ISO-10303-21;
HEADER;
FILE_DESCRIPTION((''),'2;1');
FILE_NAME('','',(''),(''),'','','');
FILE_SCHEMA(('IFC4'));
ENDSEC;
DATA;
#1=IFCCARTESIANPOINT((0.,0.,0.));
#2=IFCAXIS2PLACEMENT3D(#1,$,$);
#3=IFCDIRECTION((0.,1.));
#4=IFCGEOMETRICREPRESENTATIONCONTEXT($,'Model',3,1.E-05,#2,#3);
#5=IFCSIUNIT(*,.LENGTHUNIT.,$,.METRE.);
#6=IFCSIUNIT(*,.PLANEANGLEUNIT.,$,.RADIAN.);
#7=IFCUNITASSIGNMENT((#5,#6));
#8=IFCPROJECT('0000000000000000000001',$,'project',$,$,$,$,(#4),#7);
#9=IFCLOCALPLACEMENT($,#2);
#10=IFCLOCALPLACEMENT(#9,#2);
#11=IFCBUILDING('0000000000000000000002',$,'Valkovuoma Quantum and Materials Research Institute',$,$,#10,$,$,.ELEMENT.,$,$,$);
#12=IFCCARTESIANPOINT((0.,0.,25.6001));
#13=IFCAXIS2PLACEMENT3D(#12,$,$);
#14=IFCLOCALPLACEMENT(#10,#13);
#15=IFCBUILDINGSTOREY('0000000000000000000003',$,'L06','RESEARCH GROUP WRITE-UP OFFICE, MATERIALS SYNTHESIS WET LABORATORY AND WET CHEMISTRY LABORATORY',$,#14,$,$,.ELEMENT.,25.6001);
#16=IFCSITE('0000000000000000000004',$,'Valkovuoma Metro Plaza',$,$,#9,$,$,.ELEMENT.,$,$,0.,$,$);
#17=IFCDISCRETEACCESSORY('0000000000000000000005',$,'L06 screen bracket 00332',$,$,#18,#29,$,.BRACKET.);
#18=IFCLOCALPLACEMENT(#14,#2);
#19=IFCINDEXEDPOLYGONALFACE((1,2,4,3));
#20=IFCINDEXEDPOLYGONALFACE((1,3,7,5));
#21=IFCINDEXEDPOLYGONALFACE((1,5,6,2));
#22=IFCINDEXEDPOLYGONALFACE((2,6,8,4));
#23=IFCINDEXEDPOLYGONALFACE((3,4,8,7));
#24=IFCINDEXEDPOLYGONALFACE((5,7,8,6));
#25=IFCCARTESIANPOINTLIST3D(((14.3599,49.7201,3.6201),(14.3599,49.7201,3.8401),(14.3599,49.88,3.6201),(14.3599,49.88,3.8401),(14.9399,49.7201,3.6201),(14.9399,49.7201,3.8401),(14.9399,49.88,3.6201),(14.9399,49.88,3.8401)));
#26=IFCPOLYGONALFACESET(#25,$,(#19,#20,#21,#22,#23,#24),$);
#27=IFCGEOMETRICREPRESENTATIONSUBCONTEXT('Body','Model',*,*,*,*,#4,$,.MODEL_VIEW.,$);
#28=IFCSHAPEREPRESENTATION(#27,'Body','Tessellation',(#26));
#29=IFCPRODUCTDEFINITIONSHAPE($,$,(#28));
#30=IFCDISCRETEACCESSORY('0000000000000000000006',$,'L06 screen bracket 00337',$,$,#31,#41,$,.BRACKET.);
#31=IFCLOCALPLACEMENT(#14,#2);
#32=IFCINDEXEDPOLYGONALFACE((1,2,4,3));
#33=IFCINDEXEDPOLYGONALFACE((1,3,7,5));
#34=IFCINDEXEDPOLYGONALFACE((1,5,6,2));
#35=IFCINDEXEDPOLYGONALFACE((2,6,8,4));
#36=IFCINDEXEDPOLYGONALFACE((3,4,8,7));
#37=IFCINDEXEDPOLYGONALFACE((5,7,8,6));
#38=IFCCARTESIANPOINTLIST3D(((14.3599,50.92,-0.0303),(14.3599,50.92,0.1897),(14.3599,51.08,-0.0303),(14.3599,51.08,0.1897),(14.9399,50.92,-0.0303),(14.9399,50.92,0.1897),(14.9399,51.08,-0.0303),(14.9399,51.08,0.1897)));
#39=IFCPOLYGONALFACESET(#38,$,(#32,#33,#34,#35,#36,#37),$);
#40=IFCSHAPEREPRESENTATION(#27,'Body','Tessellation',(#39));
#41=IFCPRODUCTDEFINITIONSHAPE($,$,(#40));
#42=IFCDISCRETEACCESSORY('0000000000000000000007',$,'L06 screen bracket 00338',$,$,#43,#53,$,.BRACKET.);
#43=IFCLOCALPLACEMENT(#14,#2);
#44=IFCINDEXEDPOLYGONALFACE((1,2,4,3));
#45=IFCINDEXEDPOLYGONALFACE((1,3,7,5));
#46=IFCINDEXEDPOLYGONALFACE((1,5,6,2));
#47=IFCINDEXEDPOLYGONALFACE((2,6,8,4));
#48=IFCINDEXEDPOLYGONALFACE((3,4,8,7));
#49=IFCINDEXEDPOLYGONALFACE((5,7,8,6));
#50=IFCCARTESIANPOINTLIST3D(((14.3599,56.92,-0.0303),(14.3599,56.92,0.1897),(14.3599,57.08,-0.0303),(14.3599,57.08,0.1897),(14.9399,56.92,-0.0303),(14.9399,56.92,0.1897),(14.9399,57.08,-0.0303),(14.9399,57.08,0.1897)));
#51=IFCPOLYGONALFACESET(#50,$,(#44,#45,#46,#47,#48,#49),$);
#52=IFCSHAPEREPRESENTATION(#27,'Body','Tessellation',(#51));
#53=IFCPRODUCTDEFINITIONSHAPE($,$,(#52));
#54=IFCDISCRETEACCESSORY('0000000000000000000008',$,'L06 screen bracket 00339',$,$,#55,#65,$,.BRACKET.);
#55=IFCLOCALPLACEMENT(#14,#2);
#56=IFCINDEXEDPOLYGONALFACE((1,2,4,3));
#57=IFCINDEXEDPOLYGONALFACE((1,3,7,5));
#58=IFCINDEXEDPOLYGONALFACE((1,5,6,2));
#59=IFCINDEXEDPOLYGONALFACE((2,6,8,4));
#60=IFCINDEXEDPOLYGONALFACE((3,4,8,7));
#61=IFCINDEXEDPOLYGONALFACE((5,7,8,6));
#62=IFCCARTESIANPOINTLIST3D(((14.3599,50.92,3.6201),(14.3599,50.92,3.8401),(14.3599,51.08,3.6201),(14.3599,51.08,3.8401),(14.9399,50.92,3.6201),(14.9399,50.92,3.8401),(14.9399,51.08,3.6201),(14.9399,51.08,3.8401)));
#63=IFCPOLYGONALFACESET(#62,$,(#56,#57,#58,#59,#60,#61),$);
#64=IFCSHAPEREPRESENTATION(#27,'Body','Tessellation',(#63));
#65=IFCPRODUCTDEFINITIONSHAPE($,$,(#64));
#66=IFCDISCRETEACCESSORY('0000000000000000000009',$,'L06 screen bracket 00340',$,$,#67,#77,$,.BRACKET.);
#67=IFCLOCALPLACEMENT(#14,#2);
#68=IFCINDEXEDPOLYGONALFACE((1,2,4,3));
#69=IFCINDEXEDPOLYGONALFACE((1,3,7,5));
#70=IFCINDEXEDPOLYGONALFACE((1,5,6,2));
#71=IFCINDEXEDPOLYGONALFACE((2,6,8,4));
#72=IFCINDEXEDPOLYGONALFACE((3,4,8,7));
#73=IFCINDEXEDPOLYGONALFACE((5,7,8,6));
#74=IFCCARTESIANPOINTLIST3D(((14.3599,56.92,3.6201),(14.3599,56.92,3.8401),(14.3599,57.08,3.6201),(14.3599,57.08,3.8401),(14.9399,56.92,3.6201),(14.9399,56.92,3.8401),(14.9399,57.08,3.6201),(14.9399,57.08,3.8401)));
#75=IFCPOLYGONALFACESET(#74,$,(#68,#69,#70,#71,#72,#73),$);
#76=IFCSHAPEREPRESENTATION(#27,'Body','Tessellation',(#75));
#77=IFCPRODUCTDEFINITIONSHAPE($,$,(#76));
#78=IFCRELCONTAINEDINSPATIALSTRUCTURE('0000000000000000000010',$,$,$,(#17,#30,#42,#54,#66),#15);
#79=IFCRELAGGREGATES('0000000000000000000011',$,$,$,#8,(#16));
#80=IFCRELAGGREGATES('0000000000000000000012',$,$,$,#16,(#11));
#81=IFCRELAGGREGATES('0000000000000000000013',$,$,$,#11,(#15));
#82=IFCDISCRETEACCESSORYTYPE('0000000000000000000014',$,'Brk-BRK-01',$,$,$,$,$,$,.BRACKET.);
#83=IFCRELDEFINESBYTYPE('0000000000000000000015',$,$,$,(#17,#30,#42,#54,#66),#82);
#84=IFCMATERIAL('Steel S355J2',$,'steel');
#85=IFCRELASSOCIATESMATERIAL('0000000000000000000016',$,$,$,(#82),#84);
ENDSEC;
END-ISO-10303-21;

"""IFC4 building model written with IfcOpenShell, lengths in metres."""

from ifc_helpers import new_model, si_unit, direction, frame, origin, origin_2d, place, context, subcontext, project, spatial, rectangle, extrude, material, type_object, element, save


model = new_model("IFC4")

# Units and contexts
model_context = context("Model", 3, precision=1e-05, world=origin(), true_north=direction((0.0, 1.0)))
body_context = subcontext(model_context, "Body", "Model", "MODEL_VIEW")
ifc_project = project(units=[si_unit("LENGTHUNIT", "METRE"), si_unit("PLANEANGLEUNIT", "RADIAN")], contexts=[model_context])

# Site, building, storey
site_placement = place(None, origin())
site = spatial("IfcSite", under=ifc_project, at=site_placement, Name="Valkovuoma Metro Plaza", CompositionType="ELEMENT", RefElevation=0.0)
building_placement = place(site_placement, origin())
building = spatial("IfcBuilding", under=site, at=building_placement, Name="Valkovuoma Quantum and Materials Research Institute", CompositionType="ELEMENT")
storey_placement = place(building_placement, frame((0.0, 0.0, 25.6001)))
storey = spatial("IfcBuildingStorey", under=building, at=storey_placement, Name="L06", Description="RESEARCH GROUP WRITE-UP OFFICE, MATERIALS SYNTHESIS WET LABORATORY AND WET CHEMISTRY LABORATORY", CompositionType="ELEMENT", Elevation=25.6001)

# Discrete accessories
ifc_material_1 = material(Name="Steel S355J2", Category="steel")
discrete_accessory_type = type_object("IfcDiscreteAccessoryType", Name="Brk-BRK-01", PredefinedType="BRACKET", material=ifc_material_1)
for number, where, z_axis, x_axis, name in (
    (1, (14.6499, 49.8, 3.6201), (0.0, 0.0, 1.0), (1.0, 0.0, 0.0), "L06 screen bracket 00332"),
    (2, (14.6499, 51.0, -0.0303), (0.0, 0.0, 1.0), (1.0, 0.0, 0.0), "L06 screen bracket 00337"),
    (3, (14.6499, 57.0, -0.0303), (0.0, 0.0, 1.0), (1.0, 0.0, 0.0), "L06 screen bracket 00338"),
    (4, (14.6499, 51.0, 3.6201), (0.0, 0.0, 1.0), (1.0, 0.0, 0.0), "L06 screen bracket 00339"),
    (5, (14.6499, 57.0, 3.6201), (0.0, 0.0, 1.0), (1.0, 0.0, 0.0), "L06 screen bracket 00340"),
):
    element("IfcDiscreteAccessory", number, at=place(storey_placement, frame(where, z_axis=z_axis, x_axis=x_axis)), inside=storey, type_object=discrete_accessory_type, Name=name, PredefinedType="BRACKET", context=body_context, shape_type="SweptSolid", body=[
        extrude(rectangle(XDim=0.5801, YDim=0.1599, at=origin_2d()), origin(), (0.0, 0.0, 1.0), 0.22),
    ])

save(model, "model.ifc")
